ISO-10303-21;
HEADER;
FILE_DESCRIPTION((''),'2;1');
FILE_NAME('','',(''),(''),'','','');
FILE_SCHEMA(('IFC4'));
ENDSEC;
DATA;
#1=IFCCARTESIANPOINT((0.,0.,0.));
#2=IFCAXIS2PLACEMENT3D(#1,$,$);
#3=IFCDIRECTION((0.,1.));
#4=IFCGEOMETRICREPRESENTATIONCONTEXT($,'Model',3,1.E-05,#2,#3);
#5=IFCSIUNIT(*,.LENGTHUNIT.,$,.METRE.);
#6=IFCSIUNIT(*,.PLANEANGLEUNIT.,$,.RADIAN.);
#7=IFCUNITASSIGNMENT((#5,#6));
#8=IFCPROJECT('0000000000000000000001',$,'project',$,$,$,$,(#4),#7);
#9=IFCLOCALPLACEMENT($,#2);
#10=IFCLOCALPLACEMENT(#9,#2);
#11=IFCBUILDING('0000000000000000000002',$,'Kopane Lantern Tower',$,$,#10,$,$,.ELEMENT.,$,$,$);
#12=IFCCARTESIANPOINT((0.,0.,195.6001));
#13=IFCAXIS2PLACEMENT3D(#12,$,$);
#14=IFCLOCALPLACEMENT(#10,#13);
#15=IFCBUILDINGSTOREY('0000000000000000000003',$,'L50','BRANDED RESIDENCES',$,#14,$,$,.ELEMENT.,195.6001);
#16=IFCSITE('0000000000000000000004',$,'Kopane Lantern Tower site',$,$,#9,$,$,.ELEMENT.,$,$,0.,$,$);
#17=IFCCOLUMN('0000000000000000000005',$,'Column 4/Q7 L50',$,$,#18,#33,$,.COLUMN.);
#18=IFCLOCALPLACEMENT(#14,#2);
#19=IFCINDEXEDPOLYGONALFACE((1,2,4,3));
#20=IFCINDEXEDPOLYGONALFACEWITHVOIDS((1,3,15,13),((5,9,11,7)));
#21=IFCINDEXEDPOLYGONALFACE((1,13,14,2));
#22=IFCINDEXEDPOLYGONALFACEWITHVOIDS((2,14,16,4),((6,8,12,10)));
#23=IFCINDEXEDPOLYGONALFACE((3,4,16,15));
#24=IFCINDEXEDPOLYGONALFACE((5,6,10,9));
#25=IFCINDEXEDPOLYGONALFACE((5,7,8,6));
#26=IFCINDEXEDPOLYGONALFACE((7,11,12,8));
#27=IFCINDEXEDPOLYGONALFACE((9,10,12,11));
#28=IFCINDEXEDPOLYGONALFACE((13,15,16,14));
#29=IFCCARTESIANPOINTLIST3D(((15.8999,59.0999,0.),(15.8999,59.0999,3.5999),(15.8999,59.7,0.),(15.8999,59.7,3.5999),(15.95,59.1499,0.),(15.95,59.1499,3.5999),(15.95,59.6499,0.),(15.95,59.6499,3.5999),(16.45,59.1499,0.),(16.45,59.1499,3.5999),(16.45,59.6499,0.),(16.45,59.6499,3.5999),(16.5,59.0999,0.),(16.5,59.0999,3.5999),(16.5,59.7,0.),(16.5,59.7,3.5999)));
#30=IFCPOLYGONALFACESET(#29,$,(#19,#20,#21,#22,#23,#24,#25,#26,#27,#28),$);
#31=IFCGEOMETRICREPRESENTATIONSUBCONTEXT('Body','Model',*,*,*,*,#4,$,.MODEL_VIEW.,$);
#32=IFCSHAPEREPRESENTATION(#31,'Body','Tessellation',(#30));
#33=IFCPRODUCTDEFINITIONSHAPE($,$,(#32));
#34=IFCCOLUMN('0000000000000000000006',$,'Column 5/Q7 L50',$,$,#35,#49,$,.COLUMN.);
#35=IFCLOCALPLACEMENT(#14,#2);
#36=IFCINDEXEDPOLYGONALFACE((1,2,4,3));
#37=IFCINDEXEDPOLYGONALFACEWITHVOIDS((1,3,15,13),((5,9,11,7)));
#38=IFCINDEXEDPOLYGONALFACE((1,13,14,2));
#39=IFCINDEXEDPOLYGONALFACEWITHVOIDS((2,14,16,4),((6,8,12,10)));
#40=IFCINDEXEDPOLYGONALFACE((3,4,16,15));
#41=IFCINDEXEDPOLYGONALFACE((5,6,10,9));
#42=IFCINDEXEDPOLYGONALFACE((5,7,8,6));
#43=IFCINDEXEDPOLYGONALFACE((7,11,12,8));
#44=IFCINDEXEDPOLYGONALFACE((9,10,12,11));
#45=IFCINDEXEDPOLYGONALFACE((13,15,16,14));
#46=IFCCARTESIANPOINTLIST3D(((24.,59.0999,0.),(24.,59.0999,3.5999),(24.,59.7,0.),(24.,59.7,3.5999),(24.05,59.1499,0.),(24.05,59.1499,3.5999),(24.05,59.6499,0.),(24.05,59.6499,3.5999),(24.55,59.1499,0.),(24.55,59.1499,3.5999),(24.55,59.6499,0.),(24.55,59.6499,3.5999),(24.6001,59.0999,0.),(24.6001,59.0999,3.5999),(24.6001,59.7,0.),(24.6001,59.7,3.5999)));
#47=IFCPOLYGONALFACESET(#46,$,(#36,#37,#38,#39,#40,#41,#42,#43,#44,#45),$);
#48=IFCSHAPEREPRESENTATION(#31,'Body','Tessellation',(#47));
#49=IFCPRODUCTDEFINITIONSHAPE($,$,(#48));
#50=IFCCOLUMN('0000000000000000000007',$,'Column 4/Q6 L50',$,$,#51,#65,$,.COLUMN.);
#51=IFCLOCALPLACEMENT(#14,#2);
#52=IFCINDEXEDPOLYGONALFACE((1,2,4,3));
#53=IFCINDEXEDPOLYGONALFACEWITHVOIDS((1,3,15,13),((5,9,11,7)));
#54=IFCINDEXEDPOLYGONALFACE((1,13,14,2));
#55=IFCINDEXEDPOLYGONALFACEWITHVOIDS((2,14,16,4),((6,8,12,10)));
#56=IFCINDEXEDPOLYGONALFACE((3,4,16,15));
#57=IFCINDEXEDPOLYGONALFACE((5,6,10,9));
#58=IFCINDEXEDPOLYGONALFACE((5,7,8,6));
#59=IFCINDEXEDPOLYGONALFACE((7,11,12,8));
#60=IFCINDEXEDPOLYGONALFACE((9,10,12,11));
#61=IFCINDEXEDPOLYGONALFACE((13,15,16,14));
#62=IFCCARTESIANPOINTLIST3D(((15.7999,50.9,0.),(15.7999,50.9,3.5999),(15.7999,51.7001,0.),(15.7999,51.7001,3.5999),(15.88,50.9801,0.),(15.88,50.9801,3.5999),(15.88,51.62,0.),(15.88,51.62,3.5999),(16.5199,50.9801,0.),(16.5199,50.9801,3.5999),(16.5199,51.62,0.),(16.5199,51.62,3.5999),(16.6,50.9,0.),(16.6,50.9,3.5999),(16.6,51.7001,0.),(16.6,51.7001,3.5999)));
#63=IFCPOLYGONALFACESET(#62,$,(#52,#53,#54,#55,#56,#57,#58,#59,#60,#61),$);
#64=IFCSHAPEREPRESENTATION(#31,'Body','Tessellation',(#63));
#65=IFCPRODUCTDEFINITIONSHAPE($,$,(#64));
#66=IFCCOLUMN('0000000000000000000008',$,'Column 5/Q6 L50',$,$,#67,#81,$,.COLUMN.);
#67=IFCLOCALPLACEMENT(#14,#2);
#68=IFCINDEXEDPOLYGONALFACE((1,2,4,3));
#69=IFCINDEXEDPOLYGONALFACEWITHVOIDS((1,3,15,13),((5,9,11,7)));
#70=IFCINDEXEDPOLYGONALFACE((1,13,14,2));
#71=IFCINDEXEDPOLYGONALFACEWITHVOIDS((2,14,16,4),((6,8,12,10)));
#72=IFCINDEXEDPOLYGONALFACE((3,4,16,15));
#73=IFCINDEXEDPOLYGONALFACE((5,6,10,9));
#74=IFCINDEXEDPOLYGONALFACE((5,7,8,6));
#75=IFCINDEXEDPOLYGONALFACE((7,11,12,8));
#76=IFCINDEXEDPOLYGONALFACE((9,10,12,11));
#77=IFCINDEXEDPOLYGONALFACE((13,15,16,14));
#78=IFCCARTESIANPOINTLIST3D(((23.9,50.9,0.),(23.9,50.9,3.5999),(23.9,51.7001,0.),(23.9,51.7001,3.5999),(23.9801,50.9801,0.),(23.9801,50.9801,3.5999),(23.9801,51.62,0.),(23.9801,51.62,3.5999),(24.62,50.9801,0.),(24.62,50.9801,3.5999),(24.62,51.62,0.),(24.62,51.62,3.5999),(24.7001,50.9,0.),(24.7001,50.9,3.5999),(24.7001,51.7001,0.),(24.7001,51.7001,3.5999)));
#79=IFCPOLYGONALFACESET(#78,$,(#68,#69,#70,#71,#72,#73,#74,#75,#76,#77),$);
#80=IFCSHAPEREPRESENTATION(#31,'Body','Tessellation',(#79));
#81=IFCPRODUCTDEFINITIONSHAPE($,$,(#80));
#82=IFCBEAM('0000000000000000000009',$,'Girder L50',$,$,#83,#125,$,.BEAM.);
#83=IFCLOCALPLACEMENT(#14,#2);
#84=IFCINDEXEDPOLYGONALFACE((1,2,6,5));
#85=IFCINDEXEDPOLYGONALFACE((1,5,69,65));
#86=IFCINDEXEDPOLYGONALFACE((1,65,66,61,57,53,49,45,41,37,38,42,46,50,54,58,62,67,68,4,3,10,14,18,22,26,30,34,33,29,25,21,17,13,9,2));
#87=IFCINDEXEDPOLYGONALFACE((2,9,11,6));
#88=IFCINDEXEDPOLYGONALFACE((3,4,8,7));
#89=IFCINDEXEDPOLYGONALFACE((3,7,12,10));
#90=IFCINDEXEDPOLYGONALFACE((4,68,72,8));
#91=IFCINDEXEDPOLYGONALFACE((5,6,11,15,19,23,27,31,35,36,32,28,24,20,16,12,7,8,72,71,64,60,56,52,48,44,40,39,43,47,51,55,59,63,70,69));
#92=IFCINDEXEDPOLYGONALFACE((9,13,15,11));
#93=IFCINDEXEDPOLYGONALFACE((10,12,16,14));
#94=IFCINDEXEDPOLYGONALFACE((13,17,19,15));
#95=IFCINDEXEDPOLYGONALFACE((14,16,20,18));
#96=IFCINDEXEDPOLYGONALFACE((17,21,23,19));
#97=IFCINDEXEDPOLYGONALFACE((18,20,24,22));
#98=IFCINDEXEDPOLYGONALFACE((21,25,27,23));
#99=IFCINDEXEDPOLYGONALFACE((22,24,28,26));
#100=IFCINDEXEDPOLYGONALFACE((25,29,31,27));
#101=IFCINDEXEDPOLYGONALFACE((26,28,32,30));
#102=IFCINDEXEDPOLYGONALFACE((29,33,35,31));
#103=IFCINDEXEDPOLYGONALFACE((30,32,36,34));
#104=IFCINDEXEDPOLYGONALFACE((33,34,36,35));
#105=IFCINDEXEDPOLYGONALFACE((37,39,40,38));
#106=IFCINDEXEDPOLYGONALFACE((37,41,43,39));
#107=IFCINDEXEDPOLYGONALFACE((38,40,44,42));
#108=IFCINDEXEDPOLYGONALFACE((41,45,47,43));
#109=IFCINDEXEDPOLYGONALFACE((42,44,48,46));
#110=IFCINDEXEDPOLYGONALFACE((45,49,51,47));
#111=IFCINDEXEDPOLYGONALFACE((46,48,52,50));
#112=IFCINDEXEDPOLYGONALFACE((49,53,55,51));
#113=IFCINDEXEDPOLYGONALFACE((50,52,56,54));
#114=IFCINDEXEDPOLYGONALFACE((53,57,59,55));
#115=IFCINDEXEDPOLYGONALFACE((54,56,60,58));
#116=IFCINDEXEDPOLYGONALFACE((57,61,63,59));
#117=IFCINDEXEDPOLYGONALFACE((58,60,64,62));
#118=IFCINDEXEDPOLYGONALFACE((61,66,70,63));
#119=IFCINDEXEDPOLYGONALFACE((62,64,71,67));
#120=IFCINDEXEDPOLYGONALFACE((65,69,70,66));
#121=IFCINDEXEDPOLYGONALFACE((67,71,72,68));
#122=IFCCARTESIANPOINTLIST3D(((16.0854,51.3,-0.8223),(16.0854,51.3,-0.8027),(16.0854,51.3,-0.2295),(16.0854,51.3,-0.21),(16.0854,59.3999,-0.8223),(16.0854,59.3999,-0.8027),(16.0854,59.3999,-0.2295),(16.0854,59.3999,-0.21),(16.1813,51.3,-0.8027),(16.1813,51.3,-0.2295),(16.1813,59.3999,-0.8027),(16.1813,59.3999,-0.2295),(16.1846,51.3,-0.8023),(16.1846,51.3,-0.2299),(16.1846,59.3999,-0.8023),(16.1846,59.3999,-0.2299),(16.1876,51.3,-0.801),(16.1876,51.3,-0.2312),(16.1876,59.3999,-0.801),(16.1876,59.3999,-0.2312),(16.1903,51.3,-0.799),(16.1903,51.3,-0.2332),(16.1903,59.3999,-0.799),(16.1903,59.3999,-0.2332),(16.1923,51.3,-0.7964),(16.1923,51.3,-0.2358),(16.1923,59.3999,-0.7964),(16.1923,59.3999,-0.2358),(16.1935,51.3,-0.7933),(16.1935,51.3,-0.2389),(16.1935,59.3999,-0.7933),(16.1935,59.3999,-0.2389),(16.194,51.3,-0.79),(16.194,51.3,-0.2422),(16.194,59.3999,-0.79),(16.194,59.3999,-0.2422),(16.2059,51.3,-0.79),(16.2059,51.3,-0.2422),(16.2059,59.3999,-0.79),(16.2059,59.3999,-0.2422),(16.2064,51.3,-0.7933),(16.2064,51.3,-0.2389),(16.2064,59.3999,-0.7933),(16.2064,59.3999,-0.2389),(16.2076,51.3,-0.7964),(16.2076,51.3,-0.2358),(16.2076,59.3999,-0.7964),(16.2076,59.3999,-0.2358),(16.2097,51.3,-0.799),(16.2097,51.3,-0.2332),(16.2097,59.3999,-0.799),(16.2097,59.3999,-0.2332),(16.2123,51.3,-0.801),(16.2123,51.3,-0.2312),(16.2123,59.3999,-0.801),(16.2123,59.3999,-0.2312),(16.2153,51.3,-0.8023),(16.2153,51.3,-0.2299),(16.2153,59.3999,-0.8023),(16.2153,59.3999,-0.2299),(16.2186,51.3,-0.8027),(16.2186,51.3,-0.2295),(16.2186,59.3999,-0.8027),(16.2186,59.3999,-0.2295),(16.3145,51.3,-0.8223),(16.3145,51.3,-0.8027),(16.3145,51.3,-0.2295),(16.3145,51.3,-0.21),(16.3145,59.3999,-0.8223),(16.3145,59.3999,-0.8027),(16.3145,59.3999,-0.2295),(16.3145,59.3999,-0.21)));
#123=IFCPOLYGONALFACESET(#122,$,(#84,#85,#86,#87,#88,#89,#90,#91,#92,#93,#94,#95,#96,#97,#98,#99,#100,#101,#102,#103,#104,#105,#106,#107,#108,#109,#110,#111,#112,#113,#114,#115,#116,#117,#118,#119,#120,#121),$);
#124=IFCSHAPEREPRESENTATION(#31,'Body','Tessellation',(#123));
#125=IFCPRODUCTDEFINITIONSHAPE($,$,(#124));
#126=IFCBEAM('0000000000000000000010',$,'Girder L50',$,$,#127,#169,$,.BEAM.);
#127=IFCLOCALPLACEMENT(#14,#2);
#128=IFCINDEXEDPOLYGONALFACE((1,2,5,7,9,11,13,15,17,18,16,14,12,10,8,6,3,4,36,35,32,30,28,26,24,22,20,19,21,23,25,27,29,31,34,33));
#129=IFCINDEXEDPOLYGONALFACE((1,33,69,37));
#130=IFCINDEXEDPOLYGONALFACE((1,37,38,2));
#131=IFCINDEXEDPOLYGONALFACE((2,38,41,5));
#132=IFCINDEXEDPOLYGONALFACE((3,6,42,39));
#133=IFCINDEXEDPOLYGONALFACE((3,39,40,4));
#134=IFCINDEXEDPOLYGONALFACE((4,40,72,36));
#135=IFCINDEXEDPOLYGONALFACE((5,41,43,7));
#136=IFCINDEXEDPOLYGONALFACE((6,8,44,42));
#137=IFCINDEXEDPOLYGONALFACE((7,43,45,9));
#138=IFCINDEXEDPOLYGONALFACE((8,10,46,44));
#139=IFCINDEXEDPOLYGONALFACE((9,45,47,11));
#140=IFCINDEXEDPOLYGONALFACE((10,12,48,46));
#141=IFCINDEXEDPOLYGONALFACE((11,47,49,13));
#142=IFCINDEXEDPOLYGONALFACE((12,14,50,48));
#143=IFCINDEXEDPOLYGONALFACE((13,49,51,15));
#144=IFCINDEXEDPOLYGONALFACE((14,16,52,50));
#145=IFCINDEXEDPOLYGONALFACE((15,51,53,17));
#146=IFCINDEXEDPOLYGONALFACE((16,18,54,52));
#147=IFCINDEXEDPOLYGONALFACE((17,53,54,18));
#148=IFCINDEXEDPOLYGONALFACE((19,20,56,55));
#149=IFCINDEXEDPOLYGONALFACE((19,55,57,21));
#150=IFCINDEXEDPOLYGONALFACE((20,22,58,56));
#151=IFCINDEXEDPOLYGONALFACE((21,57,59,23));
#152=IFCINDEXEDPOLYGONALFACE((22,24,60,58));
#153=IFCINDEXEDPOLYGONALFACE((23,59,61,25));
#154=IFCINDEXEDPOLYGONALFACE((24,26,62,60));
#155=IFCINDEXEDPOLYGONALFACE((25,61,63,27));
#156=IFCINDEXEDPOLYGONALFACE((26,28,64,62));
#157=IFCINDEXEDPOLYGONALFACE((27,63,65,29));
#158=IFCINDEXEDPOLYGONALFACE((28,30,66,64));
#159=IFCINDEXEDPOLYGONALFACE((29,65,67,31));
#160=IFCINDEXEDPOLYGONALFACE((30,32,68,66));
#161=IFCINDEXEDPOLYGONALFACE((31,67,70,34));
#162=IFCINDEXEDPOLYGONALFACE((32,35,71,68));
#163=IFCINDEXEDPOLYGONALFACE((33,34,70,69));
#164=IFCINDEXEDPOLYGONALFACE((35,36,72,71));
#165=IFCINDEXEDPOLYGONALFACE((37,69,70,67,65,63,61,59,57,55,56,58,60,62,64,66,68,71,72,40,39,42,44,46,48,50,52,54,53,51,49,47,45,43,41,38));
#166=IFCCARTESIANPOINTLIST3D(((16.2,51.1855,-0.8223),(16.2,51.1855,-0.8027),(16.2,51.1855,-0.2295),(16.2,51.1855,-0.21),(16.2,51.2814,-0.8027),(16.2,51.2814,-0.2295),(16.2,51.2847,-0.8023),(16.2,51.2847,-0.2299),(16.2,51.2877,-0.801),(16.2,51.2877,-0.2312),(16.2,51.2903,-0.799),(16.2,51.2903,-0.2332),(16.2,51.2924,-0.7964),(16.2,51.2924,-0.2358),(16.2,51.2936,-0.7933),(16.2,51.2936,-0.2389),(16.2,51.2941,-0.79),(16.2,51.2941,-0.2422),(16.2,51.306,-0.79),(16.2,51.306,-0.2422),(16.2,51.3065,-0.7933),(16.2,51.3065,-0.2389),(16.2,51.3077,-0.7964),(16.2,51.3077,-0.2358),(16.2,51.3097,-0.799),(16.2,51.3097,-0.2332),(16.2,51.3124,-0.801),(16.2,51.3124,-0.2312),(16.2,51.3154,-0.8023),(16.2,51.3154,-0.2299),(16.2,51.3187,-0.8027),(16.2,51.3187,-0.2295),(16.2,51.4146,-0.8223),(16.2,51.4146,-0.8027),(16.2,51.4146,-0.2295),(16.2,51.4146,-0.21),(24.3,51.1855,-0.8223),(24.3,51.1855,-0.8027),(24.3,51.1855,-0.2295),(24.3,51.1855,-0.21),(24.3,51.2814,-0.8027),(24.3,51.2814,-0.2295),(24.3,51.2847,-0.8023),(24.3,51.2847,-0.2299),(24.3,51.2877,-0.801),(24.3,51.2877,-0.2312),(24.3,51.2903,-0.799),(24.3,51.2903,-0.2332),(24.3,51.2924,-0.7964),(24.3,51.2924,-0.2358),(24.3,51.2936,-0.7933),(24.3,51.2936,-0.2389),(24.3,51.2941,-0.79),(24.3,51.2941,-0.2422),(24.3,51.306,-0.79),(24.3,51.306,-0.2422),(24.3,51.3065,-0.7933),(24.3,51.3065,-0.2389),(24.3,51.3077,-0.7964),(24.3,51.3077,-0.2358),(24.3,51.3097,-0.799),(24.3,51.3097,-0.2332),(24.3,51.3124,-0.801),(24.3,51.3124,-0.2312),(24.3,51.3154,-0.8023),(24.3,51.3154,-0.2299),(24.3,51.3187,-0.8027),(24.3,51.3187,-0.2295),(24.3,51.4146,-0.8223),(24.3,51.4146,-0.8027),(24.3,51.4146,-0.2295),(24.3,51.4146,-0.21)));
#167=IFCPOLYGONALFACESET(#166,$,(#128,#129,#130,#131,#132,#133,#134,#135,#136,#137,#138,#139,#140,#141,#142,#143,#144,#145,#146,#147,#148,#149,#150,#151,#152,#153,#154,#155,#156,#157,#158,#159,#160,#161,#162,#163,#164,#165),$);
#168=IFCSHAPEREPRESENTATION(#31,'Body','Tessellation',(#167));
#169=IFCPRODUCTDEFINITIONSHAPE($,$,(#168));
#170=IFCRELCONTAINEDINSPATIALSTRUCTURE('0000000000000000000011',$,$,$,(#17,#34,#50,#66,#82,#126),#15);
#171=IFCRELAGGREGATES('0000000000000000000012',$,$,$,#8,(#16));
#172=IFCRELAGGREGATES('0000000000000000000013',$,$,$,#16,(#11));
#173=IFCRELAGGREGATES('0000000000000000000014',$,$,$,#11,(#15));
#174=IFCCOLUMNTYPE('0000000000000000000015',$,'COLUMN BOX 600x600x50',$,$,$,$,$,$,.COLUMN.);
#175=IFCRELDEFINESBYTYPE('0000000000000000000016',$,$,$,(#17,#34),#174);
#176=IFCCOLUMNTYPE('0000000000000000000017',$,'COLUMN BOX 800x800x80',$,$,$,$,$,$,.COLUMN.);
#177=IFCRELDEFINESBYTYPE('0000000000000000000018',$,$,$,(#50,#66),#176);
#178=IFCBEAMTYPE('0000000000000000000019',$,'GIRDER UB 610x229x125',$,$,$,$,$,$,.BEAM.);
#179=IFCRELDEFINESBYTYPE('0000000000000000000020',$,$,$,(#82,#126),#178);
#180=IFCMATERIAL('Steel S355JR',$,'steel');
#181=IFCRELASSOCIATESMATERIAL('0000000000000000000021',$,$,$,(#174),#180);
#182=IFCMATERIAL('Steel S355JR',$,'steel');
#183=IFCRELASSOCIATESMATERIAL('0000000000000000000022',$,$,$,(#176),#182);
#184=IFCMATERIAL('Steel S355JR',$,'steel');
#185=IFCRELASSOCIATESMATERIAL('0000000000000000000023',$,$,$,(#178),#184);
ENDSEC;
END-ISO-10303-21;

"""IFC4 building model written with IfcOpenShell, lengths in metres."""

from ifc_helpers import new_model, si_unit, direction, frame, origin, origin_2d, place, context, subcontext, project, spatial, hollow_rectangle, i_section, extrude, material, material_profile, profile_set, type_object, element, save


model = new_model("IFC4")

# Units and contexts
model_context = context("Model", 3, precision=1e-05, world=origin(), true_north=direction((0.0, 1.0)))
body_context = subcontext(model_context, "Body", "Model", "MODEL_VIEW")
ifc_project = project(units=[si_unit("LENGTHUNIT", "METRE"), si_unit("PLANEANGLEUNIT", "RADIAN")], contexts=[model_context])

# Site, building, storey
site_placement = place(None, origin())
site = spatial("IfcSite", under=ifc_project, at=site_placement, Name="Kopane Lantern Tower site", CompositionType="ELEMENT", RefElevation=0.0)
building_placement = place(site_placement, origin())
building = spatial("IfcBuilding", under=site, at=building_placement, Name="Kopane Lantern Tower", CompositionType="ELEMENT")
storey_placement = place(building_placement, frame((0.0, 0.0, 195.6001)))
storey = spatial("IfcBuildingStorey", under=building, at=storey_placement, Name="L50", Description="BRANDED RESIDENCES", CompositionType="ELEMENT", Elevation=195.6001)

# Columns
ifc_material_1 = material(Name="Steel S355JR", Category="steel")
ifc_material_profile_1 = material_profile(ifc_material_1, hollow_rectangle(XDim=0.6001, YDim=0.6001, WallThickness=0.05, at=origin_2d()), Name="BOX 600x600x50")
ifc_profile_set_1 = profile_set([ifc_material_profile_1], Name="Steel S355JR")
column_type_1 = type_object("IfcColumnType", Name="COLUMN BOX 600x600x50", PredefinedType="COLUMN", material=ifc_profile_set_1)
for number, where, z_axis, x_axis, name in (
    (1, (16.2, 59.3999, 0.0), (0.0, 0.0, 1.0), (1.0, 0.0, 0.0), "Column 4/Q7 L50"),
    (2, (24.3, 59.3999, 0.0), (0.0, 0.0, 1.0), (1.0, 0.0, 0.0), "Column 5/Q7 L50"),
):
    element("IfcColumn", number, at=place(storey_placement, frame(where, z_axis=z_axis, x_axis=x_axis)), inside=storey, type_object=column_type_1, Name=name, PredefinedType="COLUMN", context=body_context, shape_type="SweptSolid", body=[
        extrude(hollow_rectangle(XDim=0.6001, YDim=0.6001, WallThickness=0.05, at=origin_2d()), origin(), (0.0, 0.0, 1.0), 3.5999),
    ])
ifc_material_2 = material(Name="Steel S355JR", Category="steel")
ifc_material_profile_2 = material_profile(ifc_material_2, hollow_rectangle(XDim=0.8, YDim=0.8, WallThickness=0.0801, at=origin_2d()), Name="BOX 800x800x80")
ifc_profile_set_2 = profile_set([ifc_material_profile_2], Name="Steel S355JR")
column_type_2 = type_object("IfcColumnType", Name="COLUMN BOX 800x800x80", PredefinedType="COLUMN", material=ifc_profile_set_2)
for number, where, z_axis, x_axis, name in (
    (3, (16.2, 51.3, 0.0), (0.0, 0.0, 1.0), (1.0, 0.0, 0.0), "Column 4/Q6 L50"),
    (4, (24.3, 51.3, 0.0), (0.0, 0.0, 1.0), (1.0, 0.0, 0.0), "Column 5/Q6 L50"),
):
    element("IfcColumn", number, at=place(storey_placement, frame(where, z_axis=z_axis, x_axis=x_axis)), inside=storey, type_object=column_type_2, Name=name, PredefinedType="COLUMN", context=body_context, shape_type="SweptSolid", body=[
        extrude(hollow_rectangle(XDim=0.8, YDim=0.8, WallThickness=0.0801, at=origin_2d()), origin(), (0.0, 0.0, 1.0), 3.5999),
    ])

# Beams
ifc_material_3 = material(Name="Steel S355JR", Category="steel")
ifc_material_profile_3 = material_profile(ifc_material_3, i_section(OverallWidth=0.229, OverallDepth=0.6123, WebThickness=0.012, FlangeThickness=0.0195, FilletRadius=0.0127, at=origin_2d()), Name="UB 610x229x125")
ifc_profile_set_3 = profile_set([ifc_material_profile_3], Name="Steel S355JR")
beam_type = type_object("IfcBeamType", Name="GIRDER UB 610x229x125", PredefinedType="BEAM", material=ifc_profile_set_3)
beam_placement = place(storey_placement, frame((16.2, 51.3, -0.5161), z_axis=(0.0, 1.0, 0.0), x_axis=(-1.0, 0.0, 0.0)))
element("IfcBeam", 5, at=beam_placement, inside=storey, type_object=beam_type, Name="Girder L50", PredefinedType="BEAM", context=body_context, shape_type="SweptSolid", body=[
    extrude(i_section(OverallWidth=0.229, OverallDepth=0.6123, WebThickness=0.012, FlangeThickness=0.0195, FilletRadius=0.0127, at=origin_2d()), origin(), (0.0, 0.0, 1.0), 8.0999),
])
for number, where, z_axis, x_axis, name in (
    (6, (16.2, 51.3, -0.5161), (1.0, 0.0, 0.0), (0.0, 1.0, 0.0), "Girder L50"),
):
    element("IfcBeam", number, at=place(storey_placement, frame(where, z_axis=z_axis, x_axis=x_axis)), inside=storey, type_object=beam_type, Name=name, PredefinedType="BEAM", context=body_context, shape_type="SweptSolid", body=[
        extrude(i_section(OverallWidth=0.229, OverallDepth=0.6123, WebThickness=0.012, FlangeThickness=0.0195, FilletRadius=0.0127, at=origin_2d()), origin(), (0.0, 0.0, 1.0), 8.1001),
    ])

save(model, "model.ifc")
